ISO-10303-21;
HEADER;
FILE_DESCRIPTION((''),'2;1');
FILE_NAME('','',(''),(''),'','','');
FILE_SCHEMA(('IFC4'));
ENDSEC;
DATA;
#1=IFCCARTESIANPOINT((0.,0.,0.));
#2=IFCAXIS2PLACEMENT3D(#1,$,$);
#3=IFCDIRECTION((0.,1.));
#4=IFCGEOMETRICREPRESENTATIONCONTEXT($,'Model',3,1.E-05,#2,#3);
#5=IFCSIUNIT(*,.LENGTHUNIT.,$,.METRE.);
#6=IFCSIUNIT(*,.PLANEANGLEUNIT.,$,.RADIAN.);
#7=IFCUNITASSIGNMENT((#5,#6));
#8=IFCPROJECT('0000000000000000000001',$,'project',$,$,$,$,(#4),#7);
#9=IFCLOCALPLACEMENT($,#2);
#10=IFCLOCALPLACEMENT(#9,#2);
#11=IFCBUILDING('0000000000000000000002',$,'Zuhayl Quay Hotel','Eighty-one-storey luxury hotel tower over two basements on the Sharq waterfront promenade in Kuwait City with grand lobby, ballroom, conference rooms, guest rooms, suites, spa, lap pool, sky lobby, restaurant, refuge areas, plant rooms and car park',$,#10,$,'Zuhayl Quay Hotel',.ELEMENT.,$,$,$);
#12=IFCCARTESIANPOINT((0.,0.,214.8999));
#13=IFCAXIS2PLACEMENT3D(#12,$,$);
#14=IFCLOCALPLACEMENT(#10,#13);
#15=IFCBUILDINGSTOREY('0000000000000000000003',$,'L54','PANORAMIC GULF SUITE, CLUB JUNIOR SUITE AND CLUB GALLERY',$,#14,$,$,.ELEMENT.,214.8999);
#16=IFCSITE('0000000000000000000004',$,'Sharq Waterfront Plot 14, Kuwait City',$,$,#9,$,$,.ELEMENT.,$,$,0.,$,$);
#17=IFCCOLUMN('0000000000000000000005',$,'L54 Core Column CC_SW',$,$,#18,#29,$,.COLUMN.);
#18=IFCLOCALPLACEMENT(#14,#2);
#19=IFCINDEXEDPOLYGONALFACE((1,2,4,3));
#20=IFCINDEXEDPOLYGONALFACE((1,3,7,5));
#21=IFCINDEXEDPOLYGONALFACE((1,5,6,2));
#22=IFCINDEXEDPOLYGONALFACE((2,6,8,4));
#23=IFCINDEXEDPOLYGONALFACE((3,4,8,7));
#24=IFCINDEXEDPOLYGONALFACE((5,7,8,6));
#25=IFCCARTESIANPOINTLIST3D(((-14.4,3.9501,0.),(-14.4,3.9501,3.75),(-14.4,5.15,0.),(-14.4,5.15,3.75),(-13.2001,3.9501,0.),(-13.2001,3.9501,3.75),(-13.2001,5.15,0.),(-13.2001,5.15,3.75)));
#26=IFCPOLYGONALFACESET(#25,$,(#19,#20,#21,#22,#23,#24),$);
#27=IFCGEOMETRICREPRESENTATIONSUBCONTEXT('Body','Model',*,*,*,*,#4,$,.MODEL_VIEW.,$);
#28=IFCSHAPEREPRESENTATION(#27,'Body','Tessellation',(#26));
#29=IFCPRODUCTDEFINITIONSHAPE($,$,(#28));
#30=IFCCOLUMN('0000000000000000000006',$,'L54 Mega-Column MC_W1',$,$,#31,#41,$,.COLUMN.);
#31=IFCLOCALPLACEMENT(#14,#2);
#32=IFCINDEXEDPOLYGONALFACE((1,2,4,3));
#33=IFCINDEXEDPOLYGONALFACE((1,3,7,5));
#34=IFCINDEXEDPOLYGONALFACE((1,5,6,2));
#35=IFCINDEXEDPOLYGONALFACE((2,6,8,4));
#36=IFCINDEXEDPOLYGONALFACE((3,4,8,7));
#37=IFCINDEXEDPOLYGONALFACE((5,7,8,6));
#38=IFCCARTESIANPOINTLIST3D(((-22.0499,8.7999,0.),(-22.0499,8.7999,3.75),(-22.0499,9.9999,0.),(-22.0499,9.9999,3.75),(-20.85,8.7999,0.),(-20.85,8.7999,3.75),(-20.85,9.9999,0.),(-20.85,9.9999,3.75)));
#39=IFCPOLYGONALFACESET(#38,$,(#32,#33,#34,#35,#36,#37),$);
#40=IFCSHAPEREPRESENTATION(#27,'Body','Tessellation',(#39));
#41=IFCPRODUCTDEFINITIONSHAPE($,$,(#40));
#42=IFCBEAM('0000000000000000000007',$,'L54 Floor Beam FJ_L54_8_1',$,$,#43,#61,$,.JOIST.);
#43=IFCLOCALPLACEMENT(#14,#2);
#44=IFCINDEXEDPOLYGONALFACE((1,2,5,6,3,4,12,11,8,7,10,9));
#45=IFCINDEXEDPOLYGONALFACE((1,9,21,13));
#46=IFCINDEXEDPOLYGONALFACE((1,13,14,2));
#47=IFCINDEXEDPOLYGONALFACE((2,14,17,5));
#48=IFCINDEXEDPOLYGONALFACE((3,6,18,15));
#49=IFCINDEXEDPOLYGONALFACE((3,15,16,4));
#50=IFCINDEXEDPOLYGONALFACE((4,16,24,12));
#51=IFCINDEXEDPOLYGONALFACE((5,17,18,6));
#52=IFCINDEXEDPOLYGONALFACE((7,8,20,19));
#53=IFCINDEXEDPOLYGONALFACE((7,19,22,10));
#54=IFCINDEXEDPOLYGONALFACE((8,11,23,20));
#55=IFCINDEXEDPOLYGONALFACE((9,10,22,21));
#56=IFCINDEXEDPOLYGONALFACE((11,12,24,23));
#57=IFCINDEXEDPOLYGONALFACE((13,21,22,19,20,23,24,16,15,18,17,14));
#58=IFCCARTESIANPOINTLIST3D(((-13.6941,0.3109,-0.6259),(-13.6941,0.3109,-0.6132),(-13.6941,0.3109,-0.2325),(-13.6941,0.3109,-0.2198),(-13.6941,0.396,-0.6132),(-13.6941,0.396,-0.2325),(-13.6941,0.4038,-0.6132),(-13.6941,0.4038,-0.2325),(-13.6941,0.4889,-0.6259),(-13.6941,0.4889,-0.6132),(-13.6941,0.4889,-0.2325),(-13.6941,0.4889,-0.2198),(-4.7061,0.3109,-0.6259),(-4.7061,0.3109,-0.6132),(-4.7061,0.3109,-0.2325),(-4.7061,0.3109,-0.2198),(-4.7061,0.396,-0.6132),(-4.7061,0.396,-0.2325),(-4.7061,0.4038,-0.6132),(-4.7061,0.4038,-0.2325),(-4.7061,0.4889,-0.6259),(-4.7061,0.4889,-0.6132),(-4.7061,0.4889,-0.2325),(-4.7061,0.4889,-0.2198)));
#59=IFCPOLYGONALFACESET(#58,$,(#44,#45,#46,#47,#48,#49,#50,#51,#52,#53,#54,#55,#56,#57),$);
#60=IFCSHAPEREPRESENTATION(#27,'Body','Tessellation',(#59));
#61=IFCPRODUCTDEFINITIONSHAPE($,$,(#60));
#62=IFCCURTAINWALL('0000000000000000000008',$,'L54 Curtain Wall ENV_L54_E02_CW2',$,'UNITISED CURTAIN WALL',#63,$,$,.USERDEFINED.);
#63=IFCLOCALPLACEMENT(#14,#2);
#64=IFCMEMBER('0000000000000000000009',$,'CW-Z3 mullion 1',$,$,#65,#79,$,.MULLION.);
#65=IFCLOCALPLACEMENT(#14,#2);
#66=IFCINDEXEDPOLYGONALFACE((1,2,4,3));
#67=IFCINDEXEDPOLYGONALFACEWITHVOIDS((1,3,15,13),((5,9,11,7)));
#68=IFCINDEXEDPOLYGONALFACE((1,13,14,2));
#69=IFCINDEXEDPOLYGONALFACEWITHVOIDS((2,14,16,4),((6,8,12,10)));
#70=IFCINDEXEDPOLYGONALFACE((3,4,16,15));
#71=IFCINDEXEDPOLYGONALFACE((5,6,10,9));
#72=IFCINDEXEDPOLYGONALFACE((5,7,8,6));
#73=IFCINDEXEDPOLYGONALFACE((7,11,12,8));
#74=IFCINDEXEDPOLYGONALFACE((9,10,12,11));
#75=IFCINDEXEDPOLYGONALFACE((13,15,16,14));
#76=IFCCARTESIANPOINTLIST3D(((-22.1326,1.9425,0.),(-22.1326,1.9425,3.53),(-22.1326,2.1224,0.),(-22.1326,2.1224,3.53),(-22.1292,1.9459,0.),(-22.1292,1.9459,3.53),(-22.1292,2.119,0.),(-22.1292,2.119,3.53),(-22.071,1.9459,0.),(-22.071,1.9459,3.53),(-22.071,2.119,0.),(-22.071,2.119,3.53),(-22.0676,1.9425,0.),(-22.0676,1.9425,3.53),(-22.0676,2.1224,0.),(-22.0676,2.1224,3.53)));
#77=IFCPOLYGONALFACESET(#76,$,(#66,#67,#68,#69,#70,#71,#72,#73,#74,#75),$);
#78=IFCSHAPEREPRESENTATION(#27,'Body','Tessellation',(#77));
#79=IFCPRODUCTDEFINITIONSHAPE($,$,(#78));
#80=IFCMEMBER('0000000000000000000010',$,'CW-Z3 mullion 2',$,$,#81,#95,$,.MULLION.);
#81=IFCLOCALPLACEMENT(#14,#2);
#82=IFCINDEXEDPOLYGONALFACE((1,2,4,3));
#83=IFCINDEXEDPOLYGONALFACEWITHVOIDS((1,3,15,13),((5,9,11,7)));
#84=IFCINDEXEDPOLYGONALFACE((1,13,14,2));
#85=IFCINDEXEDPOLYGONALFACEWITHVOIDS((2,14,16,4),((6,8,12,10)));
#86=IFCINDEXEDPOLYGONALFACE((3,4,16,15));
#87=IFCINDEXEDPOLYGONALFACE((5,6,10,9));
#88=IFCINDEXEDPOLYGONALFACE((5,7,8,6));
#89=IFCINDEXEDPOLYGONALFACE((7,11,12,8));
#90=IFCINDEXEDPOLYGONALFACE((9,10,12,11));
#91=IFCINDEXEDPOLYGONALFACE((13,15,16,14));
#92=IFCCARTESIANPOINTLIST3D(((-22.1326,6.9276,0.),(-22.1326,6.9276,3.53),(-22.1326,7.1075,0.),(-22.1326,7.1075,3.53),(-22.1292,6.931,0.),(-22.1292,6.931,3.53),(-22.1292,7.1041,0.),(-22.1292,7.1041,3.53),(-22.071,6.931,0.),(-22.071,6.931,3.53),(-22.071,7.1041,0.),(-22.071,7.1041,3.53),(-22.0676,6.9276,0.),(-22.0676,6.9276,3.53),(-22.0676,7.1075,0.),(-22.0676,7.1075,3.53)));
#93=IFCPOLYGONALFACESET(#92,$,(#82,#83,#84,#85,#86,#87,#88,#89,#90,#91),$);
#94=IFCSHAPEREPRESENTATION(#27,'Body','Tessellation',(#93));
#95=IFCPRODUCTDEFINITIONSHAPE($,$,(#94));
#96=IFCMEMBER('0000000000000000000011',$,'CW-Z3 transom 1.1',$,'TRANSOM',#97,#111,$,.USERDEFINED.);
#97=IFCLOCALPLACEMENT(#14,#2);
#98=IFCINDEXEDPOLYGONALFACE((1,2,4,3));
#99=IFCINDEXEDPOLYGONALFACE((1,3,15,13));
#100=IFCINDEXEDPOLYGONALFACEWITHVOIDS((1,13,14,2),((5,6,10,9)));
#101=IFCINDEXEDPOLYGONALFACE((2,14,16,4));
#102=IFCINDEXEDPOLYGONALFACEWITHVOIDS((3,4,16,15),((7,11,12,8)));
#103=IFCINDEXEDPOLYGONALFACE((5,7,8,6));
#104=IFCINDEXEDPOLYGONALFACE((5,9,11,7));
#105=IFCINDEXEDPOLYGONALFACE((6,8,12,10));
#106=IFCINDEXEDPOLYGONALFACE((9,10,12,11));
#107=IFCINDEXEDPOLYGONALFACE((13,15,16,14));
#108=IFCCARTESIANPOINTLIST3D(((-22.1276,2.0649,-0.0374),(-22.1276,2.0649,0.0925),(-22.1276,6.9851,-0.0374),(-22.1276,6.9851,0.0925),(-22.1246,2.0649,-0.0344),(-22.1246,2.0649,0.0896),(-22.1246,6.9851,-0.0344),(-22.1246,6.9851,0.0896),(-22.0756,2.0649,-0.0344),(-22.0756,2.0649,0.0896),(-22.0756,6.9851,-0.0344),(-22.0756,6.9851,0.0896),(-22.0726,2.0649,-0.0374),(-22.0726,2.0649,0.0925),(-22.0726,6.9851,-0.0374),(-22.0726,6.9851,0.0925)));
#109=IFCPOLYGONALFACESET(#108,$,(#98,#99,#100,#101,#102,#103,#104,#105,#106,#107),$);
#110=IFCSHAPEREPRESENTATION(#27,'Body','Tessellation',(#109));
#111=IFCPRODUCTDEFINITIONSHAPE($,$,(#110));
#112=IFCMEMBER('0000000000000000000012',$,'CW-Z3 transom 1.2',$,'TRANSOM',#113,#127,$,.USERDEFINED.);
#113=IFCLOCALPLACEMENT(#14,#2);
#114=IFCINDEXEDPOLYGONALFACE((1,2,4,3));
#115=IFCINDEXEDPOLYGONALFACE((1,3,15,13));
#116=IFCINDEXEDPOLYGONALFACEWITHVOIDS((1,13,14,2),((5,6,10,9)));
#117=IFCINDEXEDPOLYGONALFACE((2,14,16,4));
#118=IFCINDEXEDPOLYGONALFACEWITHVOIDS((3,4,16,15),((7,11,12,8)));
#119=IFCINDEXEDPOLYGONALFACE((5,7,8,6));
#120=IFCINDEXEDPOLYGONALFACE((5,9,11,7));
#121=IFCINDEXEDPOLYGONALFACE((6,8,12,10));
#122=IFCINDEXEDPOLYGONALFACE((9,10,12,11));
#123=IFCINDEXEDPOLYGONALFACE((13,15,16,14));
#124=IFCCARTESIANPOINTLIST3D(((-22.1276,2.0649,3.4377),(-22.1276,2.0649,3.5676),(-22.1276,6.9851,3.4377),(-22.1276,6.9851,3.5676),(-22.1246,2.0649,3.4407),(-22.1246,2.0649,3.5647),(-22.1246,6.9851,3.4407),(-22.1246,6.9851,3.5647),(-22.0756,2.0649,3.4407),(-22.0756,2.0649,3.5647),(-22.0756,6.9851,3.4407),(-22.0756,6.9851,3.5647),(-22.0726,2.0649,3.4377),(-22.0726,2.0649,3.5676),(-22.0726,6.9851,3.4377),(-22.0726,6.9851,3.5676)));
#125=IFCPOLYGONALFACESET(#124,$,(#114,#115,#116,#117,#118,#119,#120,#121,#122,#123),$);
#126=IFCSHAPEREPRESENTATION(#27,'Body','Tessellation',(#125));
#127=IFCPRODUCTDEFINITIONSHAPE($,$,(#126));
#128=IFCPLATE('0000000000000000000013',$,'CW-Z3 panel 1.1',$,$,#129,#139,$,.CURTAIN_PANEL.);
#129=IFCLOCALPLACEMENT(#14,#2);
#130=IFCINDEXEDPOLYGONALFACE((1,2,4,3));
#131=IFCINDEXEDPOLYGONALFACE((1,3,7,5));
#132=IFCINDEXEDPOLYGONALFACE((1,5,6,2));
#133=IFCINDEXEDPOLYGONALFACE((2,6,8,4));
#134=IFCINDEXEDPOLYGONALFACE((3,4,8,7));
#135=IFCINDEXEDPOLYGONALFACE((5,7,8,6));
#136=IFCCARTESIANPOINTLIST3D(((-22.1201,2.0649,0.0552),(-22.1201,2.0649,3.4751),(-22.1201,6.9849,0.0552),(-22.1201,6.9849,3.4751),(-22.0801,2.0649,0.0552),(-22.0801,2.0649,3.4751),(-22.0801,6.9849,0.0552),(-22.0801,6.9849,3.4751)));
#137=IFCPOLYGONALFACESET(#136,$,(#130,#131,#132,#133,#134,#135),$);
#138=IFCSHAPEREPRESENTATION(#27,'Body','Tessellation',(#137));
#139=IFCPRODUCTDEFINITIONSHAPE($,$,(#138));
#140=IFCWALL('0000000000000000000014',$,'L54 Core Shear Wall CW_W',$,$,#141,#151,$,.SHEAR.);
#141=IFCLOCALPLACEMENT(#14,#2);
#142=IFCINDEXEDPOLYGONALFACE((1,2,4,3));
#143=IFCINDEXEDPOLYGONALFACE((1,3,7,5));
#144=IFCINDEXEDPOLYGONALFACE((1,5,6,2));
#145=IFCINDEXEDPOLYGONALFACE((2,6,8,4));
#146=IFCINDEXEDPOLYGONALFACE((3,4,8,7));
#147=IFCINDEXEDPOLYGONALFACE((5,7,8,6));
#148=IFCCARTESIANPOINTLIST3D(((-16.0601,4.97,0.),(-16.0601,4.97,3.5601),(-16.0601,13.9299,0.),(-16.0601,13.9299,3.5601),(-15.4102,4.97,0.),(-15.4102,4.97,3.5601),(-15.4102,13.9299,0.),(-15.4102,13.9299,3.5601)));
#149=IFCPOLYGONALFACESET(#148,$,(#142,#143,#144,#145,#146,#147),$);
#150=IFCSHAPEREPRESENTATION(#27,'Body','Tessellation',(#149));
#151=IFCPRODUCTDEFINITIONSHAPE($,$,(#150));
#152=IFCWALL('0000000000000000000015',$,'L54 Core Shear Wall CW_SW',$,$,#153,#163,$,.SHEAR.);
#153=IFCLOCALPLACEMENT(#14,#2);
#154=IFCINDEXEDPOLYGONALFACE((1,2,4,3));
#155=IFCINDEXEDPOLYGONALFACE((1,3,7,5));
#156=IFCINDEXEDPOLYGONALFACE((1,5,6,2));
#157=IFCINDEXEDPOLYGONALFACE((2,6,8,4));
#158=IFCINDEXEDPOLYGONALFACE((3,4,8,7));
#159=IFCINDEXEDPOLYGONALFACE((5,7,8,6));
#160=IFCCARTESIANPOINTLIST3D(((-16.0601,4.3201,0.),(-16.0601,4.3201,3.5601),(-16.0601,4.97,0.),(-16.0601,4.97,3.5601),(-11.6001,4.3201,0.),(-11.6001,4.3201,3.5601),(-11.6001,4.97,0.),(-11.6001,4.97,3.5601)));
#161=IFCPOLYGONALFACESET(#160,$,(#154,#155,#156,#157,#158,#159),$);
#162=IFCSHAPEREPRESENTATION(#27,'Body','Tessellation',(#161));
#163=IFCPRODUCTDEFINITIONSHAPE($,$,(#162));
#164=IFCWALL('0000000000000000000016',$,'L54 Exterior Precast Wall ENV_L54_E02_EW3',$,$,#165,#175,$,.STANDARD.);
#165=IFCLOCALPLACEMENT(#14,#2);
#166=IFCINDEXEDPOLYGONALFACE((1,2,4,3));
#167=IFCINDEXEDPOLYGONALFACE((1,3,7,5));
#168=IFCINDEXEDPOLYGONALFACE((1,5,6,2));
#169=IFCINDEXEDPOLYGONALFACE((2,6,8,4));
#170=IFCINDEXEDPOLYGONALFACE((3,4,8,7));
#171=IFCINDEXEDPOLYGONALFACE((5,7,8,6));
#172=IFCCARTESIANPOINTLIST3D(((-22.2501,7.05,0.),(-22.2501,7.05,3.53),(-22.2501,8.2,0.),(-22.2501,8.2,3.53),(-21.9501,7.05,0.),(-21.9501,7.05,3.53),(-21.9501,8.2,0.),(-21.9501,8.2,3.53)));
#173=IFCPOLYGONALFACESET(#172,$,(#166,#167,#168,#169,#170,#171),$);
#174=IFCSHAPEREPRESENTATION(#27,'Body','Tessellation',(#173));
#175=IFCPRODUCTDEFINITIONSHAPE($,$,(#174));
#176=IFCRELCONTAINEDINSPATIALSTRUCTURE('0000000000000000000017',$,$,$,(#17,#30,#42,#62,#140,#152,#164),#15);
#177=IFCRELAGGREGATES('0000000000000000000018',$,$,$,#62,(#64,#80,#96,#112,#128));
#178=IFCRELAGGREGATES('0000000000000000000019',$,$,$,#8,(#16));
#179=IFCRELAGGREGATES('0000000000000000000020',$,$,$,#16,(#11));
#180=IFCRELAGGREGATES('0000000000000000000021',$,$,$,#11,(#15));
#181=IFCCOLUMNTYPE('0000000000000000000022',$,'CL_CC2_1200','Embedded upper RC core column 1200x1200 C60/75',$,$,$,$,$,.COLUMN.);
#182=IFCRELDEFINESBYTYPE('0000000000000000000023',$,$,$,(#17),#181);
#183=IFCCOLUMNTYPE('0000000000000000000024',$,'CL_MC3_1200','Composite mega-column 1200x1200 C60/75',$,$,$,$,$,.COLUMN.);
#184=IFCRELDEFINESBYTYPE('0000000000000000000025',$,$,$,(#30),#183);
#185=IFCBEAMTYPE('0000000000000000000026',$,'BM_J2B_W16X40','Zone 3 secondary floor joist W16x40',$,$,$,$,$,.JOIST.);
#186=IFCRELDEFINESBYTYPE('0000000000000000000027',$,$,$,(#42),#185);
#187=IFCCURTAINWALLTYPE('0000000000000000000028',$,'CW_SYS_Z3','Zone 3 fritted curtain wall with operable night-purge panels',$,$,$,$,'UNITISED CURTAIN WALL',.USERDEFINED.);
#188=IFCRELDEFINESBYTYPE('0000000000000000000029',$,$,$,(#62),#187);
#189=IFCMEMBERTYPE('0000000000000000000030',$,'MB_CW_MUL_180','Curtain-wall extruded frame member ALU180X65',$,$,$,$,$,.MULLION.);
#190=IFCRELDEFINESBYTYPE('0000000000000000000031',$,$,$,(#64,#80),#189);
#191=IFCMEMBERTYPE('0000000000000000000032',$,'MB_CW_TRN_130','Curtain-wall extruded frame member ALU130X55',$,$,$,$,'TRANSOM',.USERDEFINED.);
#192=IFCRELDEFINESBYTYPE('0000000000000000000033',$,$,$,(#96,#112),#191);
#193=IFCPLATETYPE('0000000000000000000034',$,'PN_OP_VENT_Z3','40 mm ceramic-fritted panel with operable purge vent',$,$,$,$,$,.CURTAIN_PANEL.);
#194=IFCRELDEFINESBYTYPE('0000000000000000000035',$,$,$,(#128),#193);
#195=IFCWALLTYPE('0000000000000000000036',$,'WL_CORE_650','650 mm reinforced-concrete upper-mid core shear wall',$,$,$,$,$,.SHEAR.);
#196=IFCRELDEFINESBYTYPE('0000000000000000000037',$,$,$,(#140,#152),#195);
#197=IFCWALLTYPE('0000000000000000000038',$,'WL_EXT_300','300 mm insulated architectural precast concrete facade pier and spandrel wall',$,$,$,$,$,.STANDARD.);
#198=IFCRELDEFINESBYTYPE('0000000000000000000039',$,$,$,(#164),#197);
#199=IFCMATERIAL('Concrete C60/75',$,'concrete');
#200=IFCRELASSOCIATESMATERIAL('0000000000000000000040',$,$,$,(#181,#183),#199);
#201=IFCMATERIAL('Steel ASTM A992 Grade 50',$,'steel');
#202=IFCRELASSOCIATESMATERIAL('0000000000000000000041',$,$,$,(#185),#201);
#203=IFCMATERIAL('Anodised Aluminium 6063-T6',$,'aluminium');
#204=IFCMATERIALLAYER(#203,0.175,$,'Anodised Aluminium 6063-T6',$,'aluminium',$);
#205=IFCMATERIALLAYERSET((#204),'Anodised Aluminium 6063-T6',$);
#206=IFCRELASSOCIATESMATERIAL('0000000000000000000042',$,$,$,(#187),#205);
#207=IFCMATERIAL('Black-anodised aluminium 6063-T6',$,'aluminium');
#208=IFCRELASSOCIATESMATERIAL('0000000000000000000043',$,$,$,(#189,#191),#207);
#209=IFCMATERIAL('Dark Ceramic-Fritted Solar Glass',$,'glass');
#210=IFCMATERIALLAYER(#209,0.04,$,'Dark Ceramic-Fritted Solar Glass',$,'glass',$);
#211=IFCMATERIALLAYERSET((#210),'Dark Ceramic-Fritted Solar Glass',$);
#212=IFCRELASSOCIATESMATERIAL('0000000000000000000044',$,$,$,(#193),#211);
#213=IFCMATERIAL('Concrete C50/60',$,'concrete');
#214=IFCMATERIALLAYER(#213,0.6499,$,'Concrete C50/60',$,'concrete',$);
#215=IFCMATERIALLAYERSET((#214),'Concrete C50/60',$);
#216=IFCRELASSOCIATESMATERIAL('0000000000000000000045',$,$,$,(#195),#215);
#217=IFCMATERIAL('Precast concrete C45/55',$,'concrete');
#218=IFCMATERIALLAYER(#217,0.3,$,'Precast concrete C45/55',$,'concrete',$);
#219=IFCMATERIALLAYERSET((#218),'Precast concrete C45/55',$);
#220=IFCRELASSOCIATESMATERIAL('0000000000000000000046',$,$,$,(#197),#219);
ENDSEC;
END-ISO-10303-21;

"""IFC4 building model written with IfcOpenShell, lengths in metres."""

from ifc_helpers import new_model, si_unit, direction, frame, frame_2d, origin, origin_2d, place, context, subcontext, project, spatial, rectangle, hollow_rectangle, i_section, extrude, material, layer, layer_set, material_profile, profile_set, type_object, element, aggregate, save


model = new_model("IFC4")

# Units and contexts
model_context = context("Model", 3, precision=1e-05, world=origin(), true_north=direction((0.0, 1.0)))
body_context = subcontext(model_context, "Body", "Model", "MODEL_VIEW")
ifc_project = project(units=[si_unit("LENGTHUNIT", "METRE"), si_unit("PLANEANGLEUNIT", "RADIAN")], contexts=[model_context])

# Site, building, storey
site_placement = place(None, origin())
site = spatial("IfcSite", under=ifc_project, at=site_placement, Name="Sharq Waterfront Plot 14, Kuwait City", CompositionType="ELEMENT", RefElevation=0.0)
building_placement = place(site_placement, origin())
building = spatial("IfcBuilding", under=site, at=building_placement, Name="Zuhayl Quay Hotel", Description="Eighty-one-storey luxury hotel tower over two basements on the Sharq waterfront promenade in Kuwait City with grand lobby, ballroom, conference rooms, guest rooms, suites, spa, lap pool, sky lobby, restaurant, refuge areas, plant rooms and car park", LongName="Zuhayl Quay Hotel", CompositionType="ELEMENT")
storey_placement = place(building_placement, frame((0.0, 0.0, 214.8999)))
storey = spatial("IfcBuildingStorey", under=building, at=storey_placement, Name="L54", Description="PANORAMIC GULF SUITE, CLUB JUNIOR SUITE AND CLUB GALLERY", CompositionType="ELEMENT", Elevation=214.8999)

# Columns
ifc_material_1 = material(Name="Concrete C60/75", Category="concrete")
ifc_material_profile_1 = material_profile(ifc_material_1, rectangle(XDim=1.2, YDim=1.2, at=origin_2d()), Name="RC1200X1200")
ifc_profile_set_1 = profile_set([ifc_material_profile_1], Name="Concrete C60/75")
column_type_1 = type_object("IfcColumnType", Name="CL_CC2_1200", Description="Embedded upper RC core column 1200x1200 C60/75", PredefinedType="COLUMN", material=ifc_profile_set_1)
column_1_placement = place(storey_placement, frame((-13.8, 4.55, 0.0), z_axis=(0.0, 0.0, 1.0), x_axis=(1.0, 0.0, 0.0)))
element("IfcColumn", 1, at=column_1_placement, inside=storey, type_object=column_type_1, Name="L54 Core Column CC_SW", PredefinedType="COLUMN", context=body_context, shape_type="SweptSolid", body=[
    extrude(rectangle(XDim=1.2, YDim=1.2, at=origin_2d()), origin(), (0.0, 0.0, 1.0), 3.75),
])
ifc_material_profile_2 = material_profile(ifc_material_1, rectangle(XDim=1.2, YDim=1.2, at=origin_2d()), Name="RC1200X1200")
ifc_profile_set_2 = profile_set([ifc_material_profile_2], Name="Concrete C60/75")
column_type_2 = type_object("IfcColumnType", Name="CL_MC3_1200", Description="Composite mega-column 1200x1200 C60/75", PredefinedType="COLUMN", material=ifc_profile_set_2)
column_2_placement = place(storey_placement, frame((-21.45, 9.3999, 0.0), z_axis=(0.0, 0.0, 1.0), x_axis=(1.0, 0.0, 0.0)))
element("IfcColumn", 2, at=column_2_placement, inside=storey, type_object=column_type_2, Name="L54 Mega-Column MC_W1", PredefinedType="COLUMN", context=body_context, shape_type="SweptSolid", body=[
    extrude(rectangle(XDim=1.2, YDim=1.2, at=origin_2d()), origin(), (0.0, 0.0, 1.0), 3.75),
])

# Beam
ifc_material_2 = material(Name="Steel ASTM A992 Grade 50", Category="steel")
ifc_material_profile_3 = material_profile(ifc_material_2, i_section(OverallWidth=0.178, OverallDepth=0.406, WebThickness=0.0078, FlangeThickness=0.0127, at=origin_2d()), Name="W16X40")
ifc_profile_set_3 = profile_set([ifc_material_profile_3], Name="Steel ASTM A992 Grade 50")
beam_type = type_object("IfcBeamType", Name="BM_J2B_W16X40", Description="Zone 3 secondary floor joist W16x40", PredefinedType="JOIST", material=ifc_profile_set_3)
beam_placement = place(storey_placement, frame((-13.6941, 0.3999, -0.4229), z_axis=(1.0, 0.0, 0.0), x_axis=(0.0, 1.0, 0.0)))
element("IfcBeam", 3, at=beam_placement, inside=storey, type_object=beam_type, Name="L54 Floor Beam FJ_L54_8_1", PredefinedType="JOIST", context=body_context, shape_type="SweptSolid", body=[
    extrude(i_section(OverallWidth=0.178, OverallDepth=0.406, WebThickness=0.0078, FlangeThickness=0.0127, at=origin_2d()), origin(), (0.0, 0.0, 1.0), 8.988),
])

# Curtain wall, members, plate
ifc_material_3 = material(Name="Anodised Aluminium 6063-T6", Category="aluminium")
ifc_layer_1 = layer(ifc_material_3, 0.175, Name="Anodised Aluminium 6063-T6", Category="aluminium")
ifc_layer_set_1 = layer_set([ifc_layer_1], Name="Anodised Aluminium 6063-T6")
curtain_wall_type = type_object("IfcCurtainWallType", Name="CW_SYS_Z3", Description="Zone 3 fritted curtain wall with operable night-purge panels", ElementType="UNITISED CURTAIN WALL", PredefinedType="USERDEFINED", material=ifc_layer_set_1)
curtain_wall_placement = place(storey_placement, origin())
curtain_wall = element("IfcCurtainWall", 4, at=curtain_wall_placement, inside=storey, type_object=curtain_wall_type, Name="L54 Curtain Wall ENV_L54_E02_CW2", ObjectType="UNITISED CURTAIN WALL", PredefinedType="USERDEFINED")
ifc_material_4 = material(Name="Black-anodised aluminium 6063-T6", Category="aluminium")
ifc_material_profile_4 = material_profile(ifc_material_4, hollow_rectangle(XDim=0.0649, YDim=0.1799, WallThickness=0.0034, at=origin_2d()), Name="ALU180X65")
ifc_profile_set_4 = profile_set([ifc_material_profile_4], Name="Black-anodised aluminium 6063-T6")
member_type_1 = type_object("IfcMemberType", Name="MB_CW_MUL_180", Description="Curtain-wall extruded frame member ALU180X65", PredefinedType="MULLION", material=ifc_profile_set_4)
member_1_placement = place(storey_placement, frame((-22.1001, 2.0325, 0.0), z_axis=(0.0, 0.0, 1.0), x_axis=(-1.0, 0.0, 0.0)))
member_1 = element("IfcMember", 5, at=member_1_placement, type_object=member_type_1, Name="CW-Z3 mullion 1", PredefinedType="MULLION", context=body_context, shape_type="SweptSolid", body=[
    extrude(hollow_rectangle(XDim=0.0649, YDim=0.1799, WallThickness=0.0034, at=origin_2d()), origin(), (0.0, 0.0, 1.0), 3.53),
])
member_2_placement = place(storey_placement, frame((-22.1001, 7.0176, 0.0), z_axis=(0.0, 0.0, 1.0), x_axis=(-1.0, 0.0, 0.0)))
member_2 = element("IfcMember", 6, at=member_2_placement, type_object=member_type_1, Name="CW-Z3 mullion 2", PredefinedType="MULLION", context=body_context, shape_type="SweptSolid", body=[
    extrude(hollow_rectangle(XDim=0.0649, YDim=0.1799, WallThickness=0.0034, at=origin_2d()), origin(), (0.0, 0.0, 1.0), 3.53),
])
ifc_material_profile_5 = material_profile(ifc_material_4, hollow_rectangle(XDim=0.0549, YDim=0.1299, WallThickness=0.0029, at=origin_2d()), Name="ALU130X55")
ifc_profile_set_5 = profile_set([ifc_material_profile_5], Name="Black-anodised aluminium 6063-T6")
member_type_2 = type_object("IfcMemberType", Name="MB_CW_TRN_130", Description="Curtain-wall extruded frame member ALU130X55", ElementType="TRANSOM", PredefinedType="USERDEFINED", material=ifc_profile_set_5)
member_3_placement = place(storey_placement, frame((-22.1001, 2.0649, 0.0276), z_axis=(0.0, 1.0, 0.0), x_axis=(-1.0, 0.0, 0.0)))
member_3 = element("IfcMember", 7, at=member_3_placement, type_object=member_type_2, Name="CW-Z3 transom 1.1", ObjectType="TRANSOM", PredefinedType="USERDEFINED", context=body_context, shape_type="SweptSolid", body=[
    extrude(hollow_rectangle(XDim=0.0549, YDim=0.1299, WallThickness=0.0029, at=origin_2d()), origin(), (0.0, 0.0, 1.0), 4.9202),
])
member_4_placement = place(storey_placement, frame((-22.1001, 2.0649, 3.5027), z_axis=(0.0, 1.0, 0.0), x_axis=(-1.0, 0.0, 0.0)))
member_4 = element("IfcMember", 8, at=member_4_placement, type_object=member_type_2, Name="CW-Z3 transom 1.2", ObjectType="TRANSOM", PredefinedType="USERDEFINED", context=body_context, shape_type="SweptSolid", body=[
    extrude(hollow_rectangle(XDim=0.0549, YDim=0.1299, WallThickness=0.0029, at=origin_2d()), origin(), (0.0, 0.0, 1.0), 4.9202),
])
ifc_material_5 = material(Name="Dark Ceramic-Fritted Solar Glass", Category="glass")
ifc_layer_2 = layer(ifc_material_5, 0.04, Name="Dark Ceramic-Fritted Solar Glass", Category="glass")
ifc_layer_set_2 = layer_set([ifc_layer_2], Name="Dark Ceramic-Fritted Solar Glass")
plate_type = type_object("IfcPlateType", Name="PN_OP_VENT_Z3", Description="40 mm ceramic-fritted panel with operable purge vent", PredefinedType="CURTAIN_PANEL", material=ifc_layer_set_2)
plate_placement = place(storey_placement, frame((-22.1001, 4.5249, 0.0552), z_axis=(0.0, 0.0, 1.0), x_axis=(0.0, 1.0, 0.0)))
plate = element("IfcPlate", 9, at=plate_placement, type_object=plate_type, Name="CW-Z3 panel 1.1", PredefinedType="CURTAIN_PANEL", context=body_context, shape_type="SweptSolid", body=[
    extrude(rectangle(XDim=4.9199, YDim=0.04, at=origin_2d()), origin(), (0.0, 0.0, 1.0), 3.4199),
])
aggregate(curtain_wall, [member_1, member_2, member_3, member_4, plate])

# Walls
ifc_material_6 = material(Name="Concrete C50/60", Category="concrete")
ifc_layer_3 = layer(ifc_material_6, 0.6499, Name="Concrete C50/60", Category="concrete")
ifc_layer_set_3 = layer_set([ifc_layer_3], Name="Concrete C50/60")
wall_type_1 = type_object("IfcWallType", Name="WL_CORE_650", Description="650 mm reinforced-concrete upper-mid core shear wall", PredefinedType="SHEAR", material=ifc_layer_set_3)
wall_1_placement = place(storey_placement, frame((-15.7351, 4.97, 0.0), z_axis=(0.0, 0.0, 1.0), x_axis=(0.0, 1.0, 0.0)))
element("IfcWall", 10, at=wall_1_placement, inside=storey, type_object=wall_type_1, Name="L54 Core Shear Wall CW_W", PredefinedType="SHEAR", context=body_context, shape_type="SweptSolid", body=[
    extrude(rectangle(XDim=8.96, YDim=0.6499, at=frame_2d((4.48, 0.0))), origin(), (0.0, 0.0, 1.0), 3.5601),
])
wall_2_placement = place(storey_placement, frame((-16.0601, 4.645, 0.0), z_axis=(0.0, 0.0, 1.0), x_axis=(1.0, 0.0, 0.0)))
element("IfcWall", 11, at=wall_2_placement, inside=storey, type_object=wall_type_1, Name="L54 Core Shear Wall CW_SW", PredefinedType="SHEAR", context=body_context, shape_type="SweptSolid", body=[
    extrude(rectangle(XDim=4.46, YDim=0.6499, at=frame_2d((2.23, 0.0))), origin(), (0.0, 0.0, 1.0), 3.5601),
])
ifc_material_7 = material(Name="Precast concrete C45/55", Category="concrete")
ifc_layer_4 = layer(ifc_material_7, 0.3, Name="Precast concrete C45/55", Category="concrete")
ifc_layer_set_4 = layer_set([ifc_layer_4], Name="Precast concrete C45/55")
wall_type_2 = type_object("IfcWallType", Name="WL_EXT_300", Description="300 mm insulated architectural precast concrete facade pier and spandrel wall", PredefinedType="STANDARD", material=ifc_layer_set_4)
wall_3_placement = place(storey_placement, frame((-22.1001, 7.05, 0.0), z_axis=(0.0, 0.0, 1.0), x_axis=(0.0, 1.0, 0.0)))
element("IfcWall", 12, at=wall_3_placement, inside=storey, type_object=wall_type_2, Name="L54 Exterior Precast Wall ENV_L54_E02_EW3", PredefinedType="STANDARD", context=body_context, shape_type="SweptSolid", body=[
    extrude(rectangle(XDim=1.1499, YDim=0.3, at=frame_2d((0.575, 0.0))), origin(), (0.0, 0.0, 1.0), 3.53),
])

save(model, "model.ifc")
